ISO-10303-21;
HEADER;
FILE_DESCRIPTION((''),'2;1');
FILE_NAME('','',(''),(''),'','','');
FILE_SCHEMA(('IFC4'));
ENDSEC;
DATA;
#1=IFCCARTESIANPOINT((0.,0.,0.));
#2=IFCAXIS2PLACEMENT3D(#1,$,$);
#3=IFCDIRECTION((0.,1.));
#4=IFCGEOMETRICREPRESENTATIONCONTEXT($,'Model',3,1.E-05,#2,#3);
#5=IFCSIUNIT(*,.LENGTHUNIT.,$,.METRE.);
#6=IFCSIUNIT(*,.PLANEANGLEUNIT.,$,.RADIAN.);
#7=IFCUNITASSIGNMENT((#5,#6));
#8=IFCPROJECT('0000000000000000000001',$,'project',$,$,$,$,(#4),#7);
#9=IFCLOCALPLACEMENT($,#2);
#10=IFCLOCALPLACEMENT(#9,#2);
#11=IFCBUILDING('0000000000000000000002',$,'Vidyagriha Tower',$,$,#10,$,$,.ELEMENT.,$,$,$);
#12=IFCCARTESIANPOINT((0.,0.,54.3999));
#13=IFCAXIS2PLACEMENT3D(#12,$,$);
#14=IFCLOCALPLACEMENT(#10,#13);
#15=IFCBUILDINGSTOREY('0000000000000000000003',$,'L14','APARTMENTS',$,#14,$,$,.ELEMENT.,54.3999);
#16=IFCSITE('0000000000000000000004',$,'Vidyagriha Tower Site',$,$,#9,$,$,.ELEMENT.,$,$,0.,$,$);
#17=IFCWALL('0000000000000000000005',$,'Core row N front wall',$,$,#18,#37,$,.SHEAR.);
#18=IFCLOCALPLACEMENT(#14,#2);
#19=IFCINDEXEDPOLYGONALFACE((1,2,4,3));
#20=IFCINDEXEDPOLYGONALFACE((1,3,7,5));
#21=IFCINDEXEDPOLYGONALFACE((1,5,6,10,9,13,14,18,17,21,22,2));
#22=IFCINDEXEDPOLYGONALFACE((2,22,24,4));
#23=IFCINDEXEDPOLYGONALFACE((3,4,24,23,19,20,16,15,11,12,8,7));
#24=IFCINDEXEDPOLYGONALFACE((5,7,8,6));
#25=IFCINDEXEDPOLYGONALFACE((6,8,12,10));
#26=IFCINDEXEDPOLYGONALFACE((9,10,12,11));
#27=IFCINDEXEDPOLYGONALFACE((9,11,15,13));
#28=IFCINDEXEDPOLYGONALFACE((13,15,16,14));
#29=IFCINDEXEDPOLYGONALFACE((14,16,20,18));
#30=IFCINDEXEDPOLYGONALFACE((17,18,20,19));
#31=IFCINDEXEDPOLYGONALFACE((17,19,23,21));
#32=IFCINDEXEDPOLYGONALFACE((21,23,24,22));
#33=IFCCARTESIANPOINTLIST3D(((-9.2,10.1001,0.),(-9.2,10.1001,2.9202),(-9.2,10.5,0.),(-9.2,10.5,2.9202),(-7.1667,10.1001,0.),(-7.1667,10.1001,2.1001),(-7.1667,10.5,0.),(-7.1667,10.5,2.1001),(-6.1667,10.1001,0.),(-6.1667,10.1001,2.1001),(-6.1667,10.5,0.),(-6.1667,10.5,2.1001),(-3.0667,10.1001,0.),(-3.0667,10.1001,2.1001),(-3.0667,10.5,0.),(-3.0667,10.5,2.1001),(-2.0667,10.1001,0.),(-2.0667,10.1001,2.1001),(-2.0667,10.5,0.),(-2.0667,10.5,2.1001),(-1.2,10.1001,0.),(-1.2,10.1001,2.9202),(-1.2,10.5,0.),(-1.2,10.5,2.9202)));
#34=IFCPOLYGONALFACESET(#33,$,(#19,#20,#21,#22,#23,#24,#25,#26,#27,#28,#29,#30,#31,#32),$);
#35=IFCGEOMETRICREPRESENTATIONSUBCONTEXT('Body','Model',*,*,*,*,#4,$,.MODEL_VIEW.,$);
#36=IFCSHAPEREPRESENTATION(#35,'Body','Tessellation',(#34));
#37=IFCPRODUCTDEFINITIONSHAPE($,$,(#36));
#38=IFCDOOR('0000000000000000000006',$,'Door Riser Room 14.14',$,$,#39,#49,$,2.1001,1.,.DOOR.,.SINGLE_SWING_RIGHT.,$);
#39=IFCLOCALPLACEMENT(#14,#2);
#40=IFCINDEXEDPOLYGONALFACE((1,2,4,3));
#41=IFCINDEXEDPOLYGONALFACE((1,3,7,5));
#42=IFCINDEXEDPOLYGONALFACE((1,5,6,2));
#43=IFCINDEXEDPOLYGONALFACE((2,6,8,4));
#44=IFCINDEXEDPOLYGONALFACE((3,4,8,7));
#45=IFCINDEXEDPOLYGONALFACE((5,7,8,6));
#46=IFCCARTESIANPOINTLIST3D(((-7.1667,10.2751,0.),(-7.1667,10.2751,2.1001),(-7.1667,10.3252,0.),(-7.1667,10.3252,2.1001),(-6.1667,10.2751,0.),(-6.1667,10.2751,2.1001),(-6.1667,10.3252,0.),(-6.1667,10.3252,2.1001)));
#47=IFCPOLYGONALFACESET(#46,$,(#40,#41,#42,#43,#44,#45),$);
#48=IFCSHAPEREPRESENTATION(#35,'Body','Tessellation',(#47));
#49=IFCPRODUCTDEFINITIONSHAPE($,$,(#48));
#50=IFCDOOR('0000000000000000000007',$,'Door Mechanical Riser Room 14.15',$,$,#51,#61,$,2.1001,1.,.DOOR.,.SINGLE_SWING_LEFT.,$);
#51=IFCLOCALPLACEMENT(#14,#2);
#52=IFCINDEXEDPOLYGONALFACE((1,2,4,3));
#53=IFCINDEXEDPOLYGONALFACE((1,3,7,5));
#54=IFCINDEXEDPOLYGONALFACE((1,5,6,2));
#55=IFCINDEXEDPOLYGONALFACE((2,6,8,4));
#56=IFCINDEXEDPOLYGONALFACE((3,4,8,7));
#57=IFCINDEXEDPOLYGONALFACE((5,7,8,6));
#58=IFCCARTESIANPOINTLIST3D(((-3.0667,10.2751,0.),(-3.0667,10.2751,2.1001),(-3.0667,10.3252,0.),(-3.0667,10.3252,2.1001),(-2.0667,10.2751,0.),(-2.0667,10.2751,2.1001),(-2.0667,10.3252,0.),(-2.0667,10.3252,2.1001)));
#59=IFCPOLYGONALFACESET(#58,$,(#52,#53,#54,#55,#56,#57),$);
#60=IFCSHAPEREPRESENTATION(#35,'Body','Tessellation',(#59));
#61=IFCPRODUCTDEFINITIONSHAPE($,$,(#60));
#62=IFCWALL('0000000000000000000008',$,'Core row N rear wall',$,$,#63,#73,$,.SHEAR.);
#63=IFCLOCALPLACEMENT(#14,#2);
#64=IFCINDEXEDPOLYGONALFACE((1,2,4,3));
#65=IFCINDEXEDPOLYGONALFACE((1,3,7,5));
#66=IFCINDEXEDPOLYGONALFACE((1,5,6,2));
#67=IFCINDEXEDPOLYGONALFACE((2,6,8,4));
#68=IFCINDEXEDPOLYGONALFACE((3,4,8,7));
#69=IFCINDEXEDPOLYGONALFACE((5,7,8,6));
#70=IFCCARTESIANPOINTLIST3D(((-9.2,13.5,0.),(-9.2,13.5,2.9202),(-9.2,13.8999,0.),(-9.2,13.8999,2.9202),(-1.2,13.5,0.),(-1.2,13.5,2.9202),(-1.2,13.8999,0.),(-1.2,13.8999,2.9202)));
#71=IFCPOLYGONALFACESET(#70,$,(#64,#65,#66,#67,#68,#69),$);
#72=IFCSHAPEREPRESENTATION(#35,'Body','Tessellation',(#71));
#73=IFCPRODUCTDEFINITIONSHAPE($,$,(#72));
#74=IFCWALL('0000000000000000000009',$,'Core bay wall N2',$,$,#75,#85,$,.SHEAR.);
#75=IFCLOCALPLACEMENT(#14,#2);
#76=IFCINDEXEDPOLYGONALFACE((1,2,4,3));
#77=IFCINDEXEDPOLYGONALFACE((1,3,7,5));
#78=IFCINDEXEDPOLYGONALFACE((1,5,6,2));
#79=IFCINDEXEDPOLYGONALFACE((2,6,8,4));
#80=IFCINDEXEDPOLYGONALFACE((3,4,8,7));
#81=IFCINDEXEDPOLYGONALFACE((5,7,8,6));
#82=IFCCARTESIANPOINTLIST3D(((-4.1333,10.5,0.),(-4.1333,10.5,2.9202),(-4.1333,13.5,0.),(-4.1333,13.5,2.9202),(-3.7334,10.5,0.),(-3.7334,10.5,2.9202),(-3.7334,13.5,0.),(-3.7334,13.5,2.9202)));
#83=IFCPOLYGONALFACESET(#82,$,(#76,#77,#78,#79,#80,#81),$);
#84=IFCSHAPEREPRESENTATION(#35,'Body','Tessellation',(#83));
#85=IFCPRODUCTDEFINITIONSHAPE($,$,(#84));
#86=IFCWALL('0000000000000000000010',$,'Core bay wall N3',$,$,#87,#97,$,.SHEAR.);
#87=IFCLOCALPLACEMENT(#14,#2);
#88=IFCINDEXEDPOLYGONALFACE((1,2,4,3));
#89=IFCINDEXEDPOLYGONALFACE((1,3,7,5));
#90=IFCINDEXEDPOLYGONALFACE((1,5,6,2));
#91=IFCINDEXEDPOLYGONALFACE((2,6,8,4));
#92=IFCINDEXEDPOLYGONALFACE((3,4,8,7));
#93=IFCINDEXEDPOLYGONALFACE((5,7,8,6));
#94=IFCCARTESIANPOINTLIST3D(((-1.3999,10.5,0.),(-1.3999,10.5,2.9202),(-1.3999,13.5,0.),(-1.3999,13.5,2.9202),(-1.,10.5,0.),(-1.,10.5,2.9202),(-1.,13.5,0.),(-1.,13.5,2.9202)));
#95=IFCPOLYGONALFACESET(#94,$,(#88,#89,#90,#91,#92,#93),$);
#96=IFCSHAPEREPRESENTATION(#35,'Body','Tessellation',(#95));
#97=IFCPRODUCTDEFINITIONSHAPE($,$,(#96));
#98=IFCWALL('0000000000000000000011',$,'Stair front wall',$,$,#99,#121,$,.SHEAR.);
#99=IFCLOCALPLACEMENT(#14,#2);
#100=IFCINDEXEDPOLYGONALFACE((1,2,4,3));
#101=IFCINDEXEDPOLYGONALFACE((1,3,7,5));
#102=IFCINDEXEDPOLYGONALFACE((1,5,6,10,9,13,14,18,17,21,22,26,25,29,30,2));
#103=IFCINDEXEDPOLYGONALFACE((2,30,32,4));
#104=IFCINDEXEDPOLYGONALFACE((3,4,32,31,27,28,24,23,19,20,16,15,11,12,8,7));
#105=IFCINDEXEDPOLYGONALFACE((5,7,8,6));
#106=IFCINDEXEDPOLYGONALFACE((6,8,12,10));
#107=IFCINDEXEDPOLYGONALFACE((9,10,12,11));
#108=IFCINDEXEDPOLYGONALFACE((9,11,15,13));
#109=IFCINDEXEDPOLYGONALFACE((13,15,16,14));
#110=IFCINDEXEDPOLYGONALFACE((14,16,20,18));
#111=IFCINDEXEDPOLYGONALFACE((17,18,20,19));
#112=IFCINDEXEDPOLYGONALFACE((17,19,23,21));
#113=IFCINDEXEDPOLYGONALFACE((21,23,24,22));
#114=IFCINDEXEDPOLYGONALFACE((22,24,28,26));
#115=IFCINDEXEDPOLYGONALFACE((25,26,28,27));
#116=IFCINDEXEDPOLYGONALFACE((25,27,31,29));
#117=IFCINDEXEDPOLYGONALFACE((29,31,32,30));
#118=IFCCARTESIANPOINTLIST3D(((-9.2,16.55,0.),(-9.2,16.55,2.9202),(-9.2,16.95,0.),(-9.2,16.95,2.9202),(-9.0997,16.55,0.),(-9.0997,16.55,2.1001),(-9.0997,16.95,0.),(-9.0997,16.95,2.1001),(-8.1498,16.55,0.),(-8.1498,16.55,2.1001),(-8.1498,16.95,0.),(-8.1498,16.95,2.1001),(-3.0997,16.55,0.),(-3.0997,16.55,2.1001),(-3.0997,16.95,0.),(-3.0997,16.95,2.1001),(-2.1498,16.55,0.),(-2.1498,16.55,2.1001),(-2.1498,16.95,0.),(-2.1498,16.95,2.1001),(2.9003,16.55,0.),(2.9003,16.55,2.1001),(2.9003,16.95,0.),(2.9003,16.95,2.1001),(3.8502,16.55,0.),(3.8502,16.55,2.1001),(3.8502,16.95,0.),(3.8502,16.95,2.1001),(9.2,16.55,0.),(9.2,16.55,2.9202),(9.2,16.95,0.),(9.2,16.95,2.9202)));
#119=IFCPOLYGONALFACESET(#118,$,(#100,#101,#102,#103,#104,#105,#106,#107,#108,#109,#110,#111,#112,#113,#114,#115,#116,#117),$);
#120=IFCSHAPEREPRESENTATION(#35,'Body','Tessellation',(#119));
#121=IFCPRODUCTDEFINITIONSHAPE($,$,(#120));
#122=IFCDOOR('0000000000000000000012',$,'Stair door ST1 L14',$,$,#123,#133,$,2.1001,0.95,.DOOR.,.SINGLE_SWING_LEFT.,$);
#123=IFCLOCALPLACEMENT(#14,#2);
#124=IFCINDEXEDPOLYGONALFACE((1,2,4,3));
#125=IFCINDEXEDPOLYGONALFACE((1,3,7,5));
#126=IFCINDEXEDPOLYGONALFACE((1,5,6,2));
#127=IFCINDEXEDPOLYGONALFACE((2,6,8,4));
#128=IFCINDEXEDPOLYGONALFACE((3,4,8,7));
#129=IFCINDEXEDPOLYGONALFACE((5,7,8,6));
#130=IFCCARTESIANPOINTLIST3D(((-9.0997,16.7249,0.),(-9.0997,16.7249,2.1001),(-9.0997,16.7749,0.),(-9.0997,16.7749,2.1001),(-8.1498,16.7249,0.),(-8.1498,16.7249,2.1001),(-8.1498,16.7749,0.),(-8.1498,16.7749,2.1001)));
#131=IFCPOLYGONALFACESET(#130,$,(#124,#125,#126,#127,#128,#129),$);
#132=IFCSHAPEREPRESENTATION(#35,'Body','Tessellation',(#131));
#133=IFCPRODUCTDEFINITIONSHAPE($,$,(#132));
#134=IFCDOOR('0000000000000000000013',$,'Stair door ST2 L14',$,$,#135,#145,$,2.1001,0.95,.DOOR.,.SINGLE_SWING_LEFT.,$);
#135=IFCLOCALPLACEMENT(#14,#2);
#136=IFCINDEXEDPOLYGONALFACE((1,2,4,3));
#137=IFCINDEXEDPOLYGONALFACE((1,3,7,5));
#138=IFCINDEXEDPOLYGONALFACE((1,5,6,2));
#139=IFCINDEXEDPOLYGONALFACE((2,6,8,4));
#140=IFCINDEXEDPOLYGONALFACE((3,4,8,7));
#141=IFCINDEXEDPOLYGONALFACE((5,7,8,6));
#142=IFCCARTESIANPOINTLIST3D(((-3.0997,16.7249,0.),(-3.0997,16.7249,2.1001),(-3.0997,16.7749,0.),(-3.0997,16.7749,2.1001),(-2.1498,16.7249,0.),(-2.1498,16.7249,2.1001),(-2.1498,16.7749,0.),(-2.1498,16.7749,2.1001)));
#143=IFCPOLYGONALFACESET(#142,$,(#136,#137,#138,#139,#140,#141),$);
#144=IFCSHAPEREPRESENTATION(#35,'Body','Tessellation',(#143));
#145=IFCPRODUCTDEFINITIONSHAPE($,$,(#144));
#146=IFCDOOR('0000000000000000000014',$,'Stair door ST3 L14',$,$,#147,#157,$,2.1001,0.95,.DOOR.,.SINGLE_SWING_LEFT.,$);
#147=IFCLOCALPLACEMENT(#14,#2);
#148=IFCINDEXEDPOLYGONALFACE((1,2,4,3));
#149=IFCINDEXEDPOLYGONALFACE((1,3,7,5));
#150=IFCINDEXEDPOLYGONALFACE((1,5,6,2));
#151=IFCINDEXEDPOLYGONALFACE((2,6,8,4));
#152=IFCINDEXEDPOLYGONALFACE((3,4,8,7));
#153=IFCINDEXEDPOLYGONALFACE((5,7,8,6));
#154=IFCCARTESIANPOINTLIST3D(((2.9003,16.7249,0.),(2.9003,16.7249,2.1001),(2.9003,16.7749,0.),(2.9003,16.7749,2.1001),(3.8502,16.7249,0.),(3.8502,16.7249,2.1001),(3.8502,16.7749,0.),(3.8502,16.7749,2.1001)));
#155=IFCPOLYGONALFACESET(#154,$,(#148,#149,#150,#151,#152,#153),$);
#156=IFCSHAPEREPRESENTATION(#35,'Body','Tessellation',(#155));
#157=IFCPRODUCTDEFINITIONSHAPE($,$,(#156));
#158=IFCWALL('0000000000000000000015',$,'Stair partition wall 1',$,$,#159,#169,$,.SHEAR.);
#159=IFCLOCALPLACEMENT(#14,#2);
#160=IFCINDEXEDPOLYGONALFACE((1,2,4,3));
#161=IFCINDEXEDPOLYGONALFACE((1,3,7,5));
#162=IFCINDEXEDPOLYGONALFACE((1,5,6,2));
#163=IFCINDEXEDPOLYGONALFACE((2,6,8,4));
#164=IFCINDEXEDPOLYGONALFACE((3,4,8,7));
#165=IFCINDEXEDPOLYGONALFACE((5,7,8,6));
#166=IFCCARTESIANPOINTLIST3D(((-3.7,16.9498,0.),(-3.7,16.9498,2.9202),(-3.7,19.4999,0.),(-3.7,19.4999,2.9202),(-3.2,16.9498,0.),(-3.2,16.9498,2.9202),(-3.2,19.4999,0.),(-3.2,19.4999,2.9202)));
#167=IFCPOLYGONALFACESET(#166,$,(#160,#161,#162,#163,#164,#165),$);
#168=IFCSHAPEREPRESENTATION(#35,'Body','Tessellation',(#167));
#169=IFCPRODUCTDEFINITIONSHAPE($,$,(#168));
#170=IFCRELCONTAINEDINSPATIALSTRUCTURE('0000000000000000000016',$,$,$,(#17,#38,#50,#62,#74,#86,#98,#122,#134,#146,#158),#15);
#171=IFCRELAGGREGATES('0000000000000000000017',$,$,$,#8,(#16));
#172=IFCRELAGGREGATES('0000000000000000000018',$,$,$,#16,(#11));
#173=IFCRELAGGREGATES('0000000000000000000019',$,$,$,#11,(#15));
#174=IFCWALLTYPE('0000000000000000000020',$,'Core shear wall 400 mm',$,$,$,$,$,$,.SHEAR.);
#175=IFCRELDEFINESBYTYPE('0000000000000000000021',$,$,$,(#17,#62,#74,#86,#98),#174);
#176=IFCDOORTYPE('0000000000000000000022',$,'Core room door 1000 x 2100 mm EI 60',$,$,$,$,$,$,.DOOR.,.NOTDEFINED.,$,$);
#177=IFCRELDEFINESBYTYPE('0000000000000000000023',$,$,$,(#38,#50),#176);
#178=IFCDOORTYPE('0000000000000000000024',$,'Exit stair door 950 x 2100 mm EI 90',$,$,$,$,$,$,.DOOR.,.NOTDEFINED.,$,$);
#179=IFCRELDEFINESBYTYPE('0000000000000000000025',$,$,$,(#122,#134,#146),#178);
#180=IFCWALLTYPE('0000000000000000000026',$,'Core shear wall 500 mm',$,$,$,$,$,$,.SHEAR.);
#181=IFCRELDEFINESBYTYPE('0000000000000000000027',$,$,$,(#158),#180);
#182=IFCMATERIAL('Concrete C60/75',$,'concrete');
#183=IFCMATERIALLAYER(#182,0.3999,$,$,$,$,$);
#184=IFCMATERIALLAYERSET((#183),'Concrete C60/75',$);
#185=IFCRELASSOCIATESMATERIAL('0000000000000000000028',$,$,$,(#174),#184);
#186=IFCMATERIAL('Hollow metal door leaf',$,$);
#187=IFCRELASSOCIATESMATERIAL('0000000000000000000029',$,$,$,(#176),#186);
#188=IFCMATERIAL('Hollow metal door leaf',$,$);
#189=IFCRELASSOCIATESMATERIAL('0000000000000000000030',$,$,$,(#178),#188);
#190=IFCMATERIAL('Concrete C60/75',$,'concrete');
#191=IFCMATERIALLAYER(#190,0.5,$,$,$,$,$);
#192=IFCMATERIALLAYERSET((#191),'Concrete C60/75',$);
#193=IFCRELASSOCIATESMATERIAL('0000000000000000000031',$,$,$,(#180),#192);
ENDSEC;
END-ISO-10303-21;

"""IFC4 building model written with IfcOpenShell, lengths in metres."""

from ifc_helpers import new_model, si_unit, direction, frame, frame_2d, origin, place, context, subcontext, project, spatial, rectangle, extrude, material, layer, layer_set, type_object, element, fill, save


model = new_model("IFC4")

# Units and contexts
model_context = context("Model", 3, precision=1e-05, world=origin(), true_north=direction((0.0, 1.0)))
body_context = subcontext(model_context, "Body", "Model", "MODEL_VIEW")
ifc_project = project(units=[si_unit("LENGTHUNIT", "METRE"), si_unit("PLANEANGLEUNIT", "RADIAN")], contexts=[model_context])

# Site, building, storey
site_placement = place(None, origin())
site = spatial("IfcSite", under=ifc_project, at=site_placement, Name="Vidyagriha Tower Site", CompositionType="ELEMENT", RefElevation=0.0)
building_placement = place(site_placement, origin())
building = spatial("IfcBuilding", under=site, at=building_placement, Name="Vidyagriha Tower", CompositionType="ELEMENT")
storey_placement = place(building_placement, frame((0.0, 0.0, 54.3999)))
storey = spatial("IfcBuildingStorey", under=building, at=storey_placement, Name="L14", Description="APARTMENTS", CompositionType="ELEMENT", Elevation=54.3999)

# Shared definitions
ifc_material_1 = material(Name="Concrete C60/75", Category="concrete")
ifc_layer_1 = layer(ifc_material_1, 0.3999)
ifc_layer_set_1 = layer_set([ifc_layer_1], Name="Concrete C60/75")
wall_type_1 = type_object("IfcWallType", Name="Core shear wall 400 mm", PredefinedType="SHEAR", material=ifc_layer_set_1)
ifc_material_2 = material(Name="Hollow metal door leaf")
door_type_1 = type_object("IfcDoorType", Name="Core room door 1000 x 2100 mm EI 60", OperationType="NOTDEFINED", PredefinedType="DOOR", material=ifc_material_2)

# Wall, openings, doors
wall_1_placement = place(storey_placement, frame((-9.2, 10.3, 0.0)))
wall_1 = element("IfcWall", 1, at=wall_1_placement, inside=storey, type_object=wall_type_1, Name="Core row N front wall", PredefinedType="SHEAR", context=body_context, shape_type="SweptSolid", body=[
    extrude(rectangle(XDim=8.0, YDim=0.3999, at=frame_2d((4.0, 0.0))), origin(), (0.0, 0.0, 1.0), 2.9202),
])
opening_1_placement = place(wall_1_placement, frame((2.0332, 0.0, 0.0)))
opening_1 = element("IfcOpeningElement", 2, at=opening_1_placement, cuts=wall_1, PredefinedType="OPENING", context=body_context, shape_type="SweptSolid", body=[
    extrude(rectangle(XDim=1.0, YDim=2.1001, at=frame_2d((0.5, 1.05))), frame((0.0, 0.21, 0.0), z_axis=(0.0, -1.0, 0.0), x_axis=(1.0, 0.0, 0.0)), (0.0, 0.0, 1.0), 0.4199),
])
opening_2_placement = place(wall_1_placement, frame((6.1333, 0.0, 0.0)))
opening_2 = element("IfcOpeningElement", 3, at=opening_2_placement, cuts=wall_1, PredefinedType="OPENING", context=body_context, shape_type="SweptSolid", body=[
    extrude(rectangle(XDim=1.0, YDim=2.1001, at=frame_2d((0.5, 1.05))), frame((0.0, 0.21, 0.0), z_axis=(0.0, -1.0, 0.0), x_axis=(1.0, 0.0, 0.0)), (0.0, 0.0, 1.0), 0.4199),
])
door_1_placement = place(opening_1_placement, frame((1.0, 0.0, 0.0), z_axis=(0.0, 0.0, 1.0), x_axis=(-1.0, 0.0, 0.0)))
door_1 = element("IfcDoor", 4, at=door_1_placement, inside=storey, type_object=door_type_1, Name="Door Riser Room 14.14", OperationType="SINGLE_SWING_RIGHT", OverallHeight=2.1001, OverallWidth=1.0, PredefinedType="DOOR", context=body_context, shape_type="SweptSolid", body=[
    extrude(rectangle(XDim=1.0, YDim=2.1001, at=frame_2d((0.5, 1.05))), frame((0.0, 0.0249, 0.0), z_axis=(0.0, -1.0, 0.0), x_axis=(1.0, 0.0, 0.0)), (0.0, 0.0, 1.0), 0.05),
])
fill(opening_1, door_1)
door_2_placement = place(opening_2_placement, frame((1.0, 0.0, 0.0), z_axis=(0.0, 0.0, 1.0), x_axis=(-1.0, 0.0, 0.0)))
door_2 = element("IfcDoor", 5, at=door_2_placement, inside=storey, type_object=door_type_1, Name="Door Mechanical Riser Room 14.15", OperationType="SINGLE_SWING_LEFT", OverallHeight=2.1001, OverallWidth=1.0, PredefinedType="DOOR", context=body_context, shape_type="SweptSolid", body=[
    extrude(rectangle(XDim=1.0, YDim=2.1001, at=frame_2d((0.5, 1.05))), frame((0.0, 0.0249, 0.0), z_axis=(0.0, -1.0, 0.0), x_axis=(1.0, 0.0, 0.0)), (0.0, 0.0, 1.0), 0.05),
])
fill(opening_2, door_2)

# Walls
wall_2_placement = place(storey_placement, frame((-9.2, 13.7, 0.0)))
element("IfcWall", 6, at=wall_2_placement, inside=storey, type_object=wall_type_1, Name="Core row N rear wall", PredefinedType="SHEAR", context=body_context, shape_type="SweptSolid", body=[
    extrude(rectangle(XDim=8.0, YDim=0.3999, at=frame_2d((4.0, 0.0))), origin(), (0.0, 0.0, 1.0), 2.9202),
])
for number, where, z_axis, x_axis, name in (
    (7, (-3.9333, 10.5, 0.0), (0.0, 0.0, 1.0), (0.0, 1.0, 0.0), "Core bay wall N2"),
    (8, (-1.2, 10.5, 0.0), (0.0, 0.0, 1.0), (0.0, 1.0, 0.0), "Core bay wall N3"),
):
    element("IfcWall", number, at=place(storey_placement, frame(where, z_axis=z_axis, x_axis=x_axis)), inside=storey, type_object=wall_type_1, Name=name, PredefinedType="SHEAR", context=body_context, shape_type="SweptSolid", body=[
        extrude(rectangle(XDim=3.0, YDim=0.3999, at=frame_2d((1.5, 0.0))), origin(), (0.0, 0.0, 1.0), 2.9202),
    ])

# Wall, openings, doors
wall_3_placement = place(storey_placement, frame((-9.2, 16.75, 0.0)))
wall_3 = element("IfcWall", 9, at=wall_3_placement, inside=storey, type_object=wall_type_1, Name="Stair front wall", PredefinedType="SHEAR", context=body_context, shape_type="SweptSolid", body=[
    extrude(rectangle(XDim=18.3999, YDim=0.3999, at=frame_2d((9.2, 0.0))), origin(), (0.0, 0.0, 1.0), 2.9202),
])
opening_3_placement = place(wall_3_placement, frame((0.1001, 0.0, 0.0)))
opening_3 = element("IfcOpeningElement", 10, at=opening_3_placement, cuts=wall_3, PredefinedType="OPENING", context=body_context, shape_type="SweptSolid", body=[
    extrude(rectangle(XDim=0.95, YDim=2.1001, at=frame_2d((0.4751, 1.05))), frame((0.0, 0.21, 0.0), z_axis=(0.0, -1.0, 0.0), x_axis=(1.0, 0.0, 0.0)), (0.0, 0.0, 1.0), 0.4199),
])
opening_4_placement = place(wall_3_placement, frame((6.1001, 0.0, 0.0)))
opening_4 = element("IfcOpeningElement", 11, at=opening_4_placement, cuts=wall_3, PredefinedType="OPENING", context=body_context, shape_type="SweptSolid", body=[
    extrude(rectangle(XDim=0.95, YDim=2.1001, at=frame_2d((0.4751, 1.05))), frame((0.0, 0.21, 0.0), z_axis=(0.0, -1.0, 0.0), x_axis=(1.0, 0.0, 0.0)), (0.0, 0.0, 1.0), 0.4199),
])
opening_5_placement = place(wall_3_placement, frame((12.1001, 0.0, 0.0)))
opening_5 = element("IfcOpeningElement", 12, at=opening_5_placement, cuts=wall_3, PredefinedType="OPENING", context=body_context, shape_type="SweptSolid", body=[
    extrude(rectangle(XDim=0.95, YDim=2.1001, at=frame_2d((0.4751, 1.05))), frame((0.0, 0.21, 0.0), z_axis=(0.0, -1.0, 0.0), x_axis=(1.0, 0.0, 0.0)), (0.0, 0.0, 1.0), 0.4199),
])
ifc_material_3 = material(Name="Hollow metal door leaf")
door_type_2 = type_object("IfcDoorType", Name="Exit stair door 950 x 2100 mm EI 90", OperationType="NOTDEFINED", PredefinedType="DOOR", material=ifc_material_3)
door_3_placement = place(opening_3_placement, origin())
door_3 = element("IfcDoor", 13, at=door_3_placement, inside=storey, type_object=door_type_2, Name="Stair door ST1 L14", OperationType="SINGLE_SWING_LEFT", OverallHeight=2.1001, OverallWidth=0.95, PredefinedType="DOOR", context=body_context, shape_type="SweptSolid", body=[
    extrude(rectangle(XDim=0.95, YDim=2.1001, at=frame_2d((0.4751, 1.05))), frame((0.0, 0.0249, 0.0), z_axis=(0.0, -1.0, 0.0), x_axis=(1.0, 0.0, 0.0)), (0.0, 0.0, 1.0), 0.05),
])
fill(opening_3, door_3)
door_4_placement = place(opening_4_placement, origin())
door_4 = element("IfcDoor", 14, at=door_4_placement, inside=storey, type_object=door_type_2, Name="Stair door ST2 L14", OperationType="SINGLE_SWING_LEFT", OverallHeight=2.1001, OverallWidth=0.95, PredefinedType="DOOR", context=body_context, shape_type="SweptSolid", body=[
    extrude(rectangle(XDim=0.95, YDim=2.1001, at=frame_2d((0.4751, 1.05))), frame((0.0, 0.0249, 0.0), z_axis=(0.0, -1.0, 0.0), x_axis=(1.0, 0.0, 0.0)), (0.0, 0.0, 1.0), 0.05),
])
fill(opening_4, door_4)
door_5_placement = place(opening_5_placement, origin())
door_5 = element("IfcDoor", 15, at=door_5_placement, inside=storey, type_object=door_type_2, Name="Stair door ST3 L14", OperationType="SINGLE_SWING_LEFT", OverallHeight=2.1001, OverallWidth=0.95, PredefinedType="DOOR", context=body_context, shape_type="SweptSolid", body=[
    extrude(rectangle(XDim=0.95, YDim=2.1001, at=frame_2d((0.4751, 1.05))), frame((0.0, 0.0249, 0.0), z_axis=(0.0, -1.0, 0.0), x_axis=(1.0, 0.0, 0.0)), (0.0, 0.0, 1.0), 0.05),
])
fill(opening_5, door_5)

# Wall
ifc_material_4 = material(Name="Concrete C60/75", Category="concrete")
ifc_layer_2 = layer(ifc_material_4, 0.5)
ifc_layer_set_2 = layer_set([ifc_layer_2], Name="Concrete C60/75")
wall_type_2 = type_object("IfcWallType", Name="Core shear wall 500 mm", PredefinedType="SHEAR", material=ifc_layer_set_2)
wall_4_placement = place(storey_placement, frame((-3.45, 16.95, 0.0), z_axis=(0.0, 0.0, 1.0), x_axis=(0.0, 1.0, 0.0)))
element("IfcWall", 16, at=wall_4_placement, inside=storey, type_object=wall_type_2, Name="Stair partition wall 1", PredefinedType="SHEAR", context=body_context, shape_type="SweptSolid", body=[
    extrude(rectangle(XDim=2.55, YDim=0.5, at=frame_2d((1.2749, 0.0))), origin(), (0.0, 0.0, 1.0), 2.9202),
])

save(model, "model.ifc")
